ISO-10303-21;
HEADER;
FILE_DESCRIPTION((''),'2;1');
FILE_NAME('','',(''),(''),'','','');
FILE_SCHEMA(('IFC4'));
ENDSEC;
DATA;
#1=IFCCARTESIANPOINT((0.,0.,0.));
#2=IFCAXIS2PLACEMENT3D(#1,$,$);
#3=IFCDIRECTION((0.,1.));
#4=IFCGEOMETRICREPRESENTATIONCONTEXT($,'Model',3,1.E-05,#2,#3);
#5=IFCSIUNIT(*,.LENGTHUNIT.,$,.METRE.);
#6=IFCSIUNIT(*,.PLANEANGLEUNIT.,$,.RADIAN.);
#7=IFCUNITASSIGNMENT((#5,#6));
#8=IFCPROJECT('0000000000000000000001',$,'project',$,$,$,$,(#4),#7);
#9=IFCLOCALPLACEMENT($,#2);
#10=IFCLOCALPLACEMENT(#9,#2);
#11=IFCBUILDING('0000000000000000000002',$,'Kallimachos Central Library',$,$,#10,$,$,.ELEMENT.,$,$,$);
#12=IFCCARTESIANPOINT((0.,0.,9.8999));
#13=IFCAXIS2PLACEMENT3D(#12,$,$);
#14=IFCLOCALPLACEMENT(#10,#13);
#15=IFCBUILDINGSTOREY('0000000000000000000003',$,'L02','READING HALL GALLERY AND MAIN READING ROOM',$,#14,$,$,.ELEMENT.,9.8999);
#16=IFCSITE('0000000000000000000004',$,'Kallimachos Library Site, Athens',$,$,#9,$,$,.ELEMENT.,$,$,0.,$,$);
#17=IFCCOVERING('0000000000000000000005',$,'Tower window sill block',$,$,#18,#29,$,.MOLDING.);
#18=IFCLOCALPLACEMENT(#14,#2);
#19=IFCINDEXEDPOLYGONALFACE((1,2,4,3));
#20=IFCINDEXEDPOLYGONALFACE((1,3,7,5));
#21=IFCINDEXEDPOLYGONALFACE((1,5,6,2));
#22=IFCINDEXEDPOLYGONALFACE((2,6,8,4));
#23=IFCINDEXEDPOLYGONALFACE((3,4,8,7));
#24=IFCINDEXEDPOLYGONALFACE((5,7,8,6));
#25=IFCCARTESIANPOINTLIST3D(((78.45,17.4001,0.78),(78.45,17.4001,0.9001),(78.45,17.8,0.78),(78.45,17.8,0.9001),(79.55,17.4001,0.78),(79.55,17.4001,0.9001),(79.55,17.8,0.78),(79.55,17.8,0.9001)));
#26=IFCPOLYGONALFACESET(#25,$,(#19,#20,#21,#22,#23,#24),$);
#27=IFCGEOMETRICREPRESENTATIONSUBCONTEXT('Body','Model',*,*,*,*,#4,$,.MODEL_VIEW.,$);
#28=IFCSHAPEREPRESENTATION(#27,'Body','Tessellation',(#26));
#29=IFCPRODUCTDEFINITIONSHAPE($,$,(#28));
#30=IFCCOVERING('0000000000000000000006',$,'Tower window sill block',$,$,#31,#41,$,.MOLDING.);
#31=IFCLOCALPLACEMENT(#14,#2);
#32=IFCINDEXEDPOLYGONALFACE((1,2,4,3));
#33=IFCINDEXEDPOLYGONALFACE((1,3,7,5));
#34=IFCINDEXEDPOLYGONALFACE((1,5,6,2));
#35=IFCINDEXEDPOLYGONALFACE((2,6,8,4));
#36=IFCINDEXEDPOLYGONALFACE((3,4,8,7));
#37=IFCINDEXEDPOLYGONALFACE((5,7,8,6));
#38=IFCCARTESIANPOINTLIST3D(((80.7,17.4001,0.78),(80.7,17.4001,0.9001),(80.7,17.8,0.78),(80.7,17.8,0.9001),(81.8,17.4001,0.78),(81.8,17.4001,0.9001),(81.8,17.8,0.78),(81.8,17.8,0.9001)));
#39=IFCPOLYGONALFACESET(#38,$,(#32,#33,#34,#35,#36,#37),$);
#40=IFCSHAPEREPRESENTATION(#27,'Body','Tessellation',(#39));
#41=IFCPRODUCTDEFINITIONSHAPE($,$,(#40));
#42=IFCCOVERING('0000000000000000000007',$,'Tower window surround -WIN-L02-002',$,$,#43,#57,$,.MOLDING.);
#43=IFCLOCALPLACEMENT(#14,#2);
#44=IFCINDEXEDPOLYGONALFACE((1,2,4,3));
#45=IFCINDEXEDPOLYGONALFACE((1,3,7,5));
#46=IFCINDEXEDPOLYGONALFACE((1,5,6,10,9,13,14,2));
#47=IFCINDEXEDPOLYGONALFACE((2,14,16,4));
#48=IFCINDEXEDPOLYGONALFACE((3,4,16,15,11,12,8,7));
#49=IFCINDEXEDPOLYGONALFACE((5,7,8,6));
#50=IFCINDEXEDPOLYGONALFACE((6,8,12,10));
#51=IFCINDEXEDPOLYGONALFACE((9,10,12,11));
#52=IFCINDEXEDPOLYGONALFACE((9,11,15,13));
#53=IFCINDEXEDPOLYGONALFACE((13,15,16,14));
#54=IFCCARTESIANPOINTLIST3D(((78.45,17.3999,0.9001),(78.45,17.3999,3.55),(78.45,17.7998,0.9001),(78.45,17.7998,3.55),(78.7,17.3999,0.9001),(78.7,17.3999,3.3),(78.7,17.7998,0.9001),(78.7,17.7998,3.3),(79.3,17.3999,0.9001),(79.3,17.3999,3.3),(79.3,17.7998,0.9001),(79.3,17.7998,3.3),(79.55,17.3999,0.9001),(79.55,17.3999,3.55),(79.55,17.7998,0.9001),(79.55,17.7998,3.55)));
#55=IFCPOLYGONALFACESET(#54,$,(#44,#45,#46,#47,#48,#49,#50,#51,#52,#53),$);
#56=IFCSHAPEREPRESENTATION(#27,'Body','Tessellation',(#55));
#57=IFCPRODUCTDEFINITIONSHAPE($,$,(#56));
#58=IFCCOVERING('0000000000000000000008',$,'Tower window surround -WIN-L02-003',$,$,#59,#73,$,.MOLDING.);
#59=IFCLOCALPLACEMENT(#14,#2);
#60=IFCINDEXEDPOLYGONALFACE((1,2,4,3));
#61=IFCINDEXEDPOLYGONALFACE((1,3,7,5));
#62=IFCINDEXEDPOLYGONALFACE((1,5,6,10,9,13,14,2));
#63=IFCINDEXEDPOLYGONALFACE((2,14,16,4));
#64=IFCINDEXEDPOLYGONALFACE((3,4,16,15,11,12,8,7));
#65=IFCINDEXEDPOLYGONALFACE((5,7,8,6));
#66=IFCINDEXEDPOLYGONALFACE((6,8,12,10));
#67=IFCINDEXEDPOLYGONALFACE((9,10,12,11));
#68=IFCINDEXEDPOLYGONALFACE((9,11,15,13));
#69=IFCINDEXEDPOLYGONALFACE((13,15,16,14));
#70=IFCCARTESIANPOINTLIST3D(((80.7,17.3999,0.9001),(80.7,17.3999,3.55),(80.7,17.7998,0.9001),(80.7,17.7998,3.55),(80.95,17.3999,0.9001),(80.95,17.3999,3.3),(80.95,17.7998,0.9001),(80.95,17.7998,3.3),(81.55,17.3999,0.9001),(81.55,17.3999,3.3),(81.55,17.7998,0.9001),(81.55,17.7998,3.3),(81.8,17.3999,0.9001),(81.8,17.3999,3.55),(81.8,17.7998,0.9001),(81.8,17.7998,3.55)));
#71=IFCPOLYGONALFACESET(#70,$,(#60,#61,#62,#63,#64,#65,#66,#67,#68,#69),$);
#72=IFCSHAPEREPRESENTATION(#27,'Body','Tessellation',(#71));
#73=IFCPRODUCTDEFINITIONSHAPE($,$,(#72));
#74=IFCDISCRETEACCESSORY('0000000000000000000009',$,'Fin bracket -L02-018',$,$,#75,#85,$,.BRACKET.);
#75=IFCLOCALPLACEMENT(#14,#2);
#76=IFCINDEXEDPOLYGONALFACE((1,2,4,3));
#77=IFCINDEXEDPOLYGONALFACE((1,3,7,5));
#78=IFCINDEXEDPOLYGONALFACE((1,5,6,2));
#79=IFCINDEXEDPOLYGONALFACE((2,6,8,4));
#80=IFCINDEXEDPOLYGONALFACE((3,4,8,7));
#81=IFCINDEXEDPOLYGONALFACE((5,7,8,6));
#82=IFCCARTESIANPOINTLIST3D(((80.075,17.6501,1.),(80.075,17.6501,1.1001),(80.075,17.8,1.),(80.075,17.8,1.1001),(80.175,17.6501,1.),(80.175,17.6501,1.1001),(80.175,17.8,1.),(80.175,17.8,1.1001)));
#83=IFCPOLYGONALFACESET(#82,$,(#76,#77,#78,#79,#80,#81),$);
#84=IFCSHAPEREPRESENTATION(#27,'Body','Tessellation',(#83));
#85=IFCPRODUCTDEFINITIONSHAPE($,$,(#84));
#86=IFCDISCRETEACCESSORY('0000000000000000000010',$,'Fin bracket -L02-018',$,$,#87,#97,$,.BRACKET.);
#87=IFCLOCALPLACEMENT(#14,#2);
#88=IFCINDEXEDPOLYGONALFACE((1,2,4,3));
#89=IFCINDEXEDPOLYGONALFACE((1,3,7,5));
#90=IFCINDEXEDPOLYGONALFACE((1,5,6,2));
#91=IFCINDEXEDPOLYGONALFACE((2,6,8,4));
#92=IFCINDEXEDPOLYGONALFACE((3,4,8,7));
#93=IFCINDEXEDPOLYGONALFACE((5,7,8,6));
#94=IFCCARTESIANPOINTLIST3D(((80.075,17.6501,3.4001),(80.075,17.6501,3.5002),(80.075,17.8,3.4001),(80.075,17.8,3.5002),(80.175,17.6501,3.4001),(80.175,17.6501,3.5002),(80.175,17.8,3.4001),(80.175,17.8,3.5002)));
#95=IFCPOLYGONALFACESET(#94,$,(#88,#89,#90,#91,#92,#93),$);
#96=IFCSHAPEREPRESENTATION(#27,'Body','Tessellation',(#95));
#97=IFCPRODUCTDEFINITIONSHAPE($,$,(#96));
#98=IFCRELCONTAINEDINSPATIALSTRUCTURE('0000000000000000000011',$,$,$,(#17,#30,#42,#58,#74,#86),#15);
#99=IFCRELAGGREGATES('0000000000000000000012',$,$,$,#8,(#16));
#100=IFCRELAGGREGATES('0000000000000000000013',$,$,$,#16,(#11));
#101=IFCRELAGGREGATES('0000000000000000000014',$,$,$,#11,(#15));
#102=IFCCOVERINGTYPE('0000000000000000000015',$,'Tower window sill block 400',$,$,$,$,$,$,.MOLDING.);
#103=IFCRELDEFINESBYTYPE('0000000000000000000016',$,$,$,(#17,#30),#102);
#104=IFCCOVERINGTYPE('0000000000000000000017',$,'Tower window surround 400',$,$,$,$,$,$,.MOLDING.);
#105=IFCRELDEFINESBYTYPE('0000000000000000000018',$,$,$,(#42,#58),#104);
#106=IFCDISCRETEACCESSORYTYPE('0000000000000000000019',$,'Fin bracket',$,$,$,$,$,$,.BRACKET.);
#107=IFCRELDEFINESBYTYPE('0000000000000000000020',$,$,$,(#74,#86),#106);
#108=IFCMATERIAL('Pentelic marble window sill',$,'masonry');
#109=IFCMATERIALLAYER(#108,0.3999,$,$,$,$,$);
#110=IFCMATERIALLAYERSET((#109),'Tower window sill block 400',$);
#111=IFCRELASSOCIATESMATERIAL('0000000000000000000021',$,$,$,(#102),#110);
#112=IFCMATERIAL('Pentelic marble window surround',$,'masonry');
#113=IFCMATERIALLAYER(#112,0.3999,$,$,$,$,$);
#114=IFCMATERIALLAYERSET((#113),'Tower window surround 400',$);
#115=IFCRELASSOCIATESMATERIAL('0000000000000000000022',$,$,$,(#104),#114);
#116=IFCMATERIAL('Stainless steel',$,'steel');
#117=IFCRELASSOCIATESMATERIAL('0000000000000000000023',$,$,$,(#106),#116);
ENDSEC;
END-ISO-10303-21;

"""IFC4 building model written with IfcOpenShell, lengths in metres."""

from ifc_helpers import new_model, si_unit, direction, frame, origin, origin_2d, place, context, subcontext, project, spatial, polyline, rectangle, outline, extrude, material, layer, layer_set, type_object, element, save


model = new_model("IFC4")

# Units and contexts
model_context = context("Model", 3, precision=1e-05, world=origin(), true_north=direction((0.0, 1.0)))
body_context = subcontext(model_context, "Body", "Model", "MODEL_VIEW")
ifc_project = project(units=[si_unit("LENGTHUNIT", "METRE"), si_unit("PLANEANGLEUNIT", "RADIAN")], contexts=[model_context])

# Site, building, storey
site_placement = place(None, origin())
site = spatial("IfcSite", under=ifc_project, at=site_placement, Name="Kallimachos Library Site, Athens", CompositionType="ELEMENT", RefElevation=0.0)
building_placement = place(site_placement, origin())
building = spatial("IfcBuilding", under=site, at=building_placement, Name="Kallimachos Central Library", CompositionType="ELEMENT")
storey_placement = place(building_placement, frame((0.0, 0.0, 9.8999)))
storey = spatial("IfcBuildingStorey", under=building, at=storey_placement, Name="L02", Description="READING HALL GALLERY AND MAIN READING ROOM", CompositionType="ELEMENT", Elevation=9.8999)

# Coverings
ifc_material_1 = material(Name="Pentelic marble window sill", Category="masonry")
ifc_layer_1 = layer(ifc_material_1, 0.3999)
ifc_layer_set_1 = layer_set([ifc_layer_1], Name="Tower window sill block 400")
covering_type_1 = type_object("IfcCoveringType", Name="Tower window sill block 400", PredefinedType="MOLDING", material=ifc_layer_set_1)
for number, where, z_axis, x_axis, name in (
    (1, (79.0, 17.6001, 0.78), (0.0, 0.0, 1.0), (1.0, 0.0, 0.0), "Tower window sill block"),
    (2, (81.25, 17.6001, 0.78), (0.0, 0.0, 1.0), (1.0, 0.0, 0.0), "Tower window sill block"),
):
    element("IfcCovering", number, at=place(storey_placement, frame(where, z_axis=z_axis, x_axis=x_axis)), inside=storey, type_object=covering_type_1, Name=name, PredefinedType="MOLDING", context=body_context, shape_type="SweptSolid", body=[
        extrude(rectangle(XDim=1.1001, YDim=0.3999, at=origin_2d()), origin(), (0.0, 0.0, 1.0), 0.1201),
    ])
ifc_material_2 = material(Name="Pentelic marble window surround", Category="masonry")
ifc_layer_2 = layer(ifc_material_2, 0.3999)
ifc_layer_set_2 = layer_set([ifc_layer_2], Name="Tower window surround 400")
covering_type_2 = type_object("IfcCoveringType", Name="Tower window surround 400", PredefinedType="MOLDING", material=ifc_layer_set_2)
for number, where, z_axis, x_axis, name in (
    (3, (78.7, 17.3999, 0.9001), (0.0, -1.0, 0.0), (0.0, 0.0, 1.0), "Tower window surround -WIN-L02-002"),
    (4, (80.95, 17.3999, 0.9001), (0.0, -1.0, 0.0), (0.0, 0.0, 1.0), "Tower window surround -WIN-L02-003"),
):
    element("IfcCovering", number, at=place(storey_placement, frame(where, z_axis=z_axis, x_axis=x_axis)), inside=storey, type_object=covering_type_2, Name=name, PredefinedType="MOLDING", context=body_context, shape_type="SweptSolid", body=[
        extrude(outline(polyline([(0.0, 0.0), (2.3999, 0.0), (2.3999, -0.6001), (0.0, -0.6001), (0.0, -0.8501), (2.6499, -0.8501), (2.6499, 0.25), (0.0, 0.25), (0.0, 0.0)])), origin(), (0.0, 0.0, -1.0), 0.3999),
    ])

# Discrete accessories
ifc_material_3 = material(Name="Stainless steel", Category="steel")
discrete_accessory_type = type_object("IfcDiscreteAccessoryType", Name="Fin bracket", PredefinedType="BRACKET", material=ifc_material_3)
for number, where, z_axis, x_axis, name in (
    (5, (80.125, 17.7251, 1.0), (0.0, 0.0, 1.0), (1.0, 0.0, 0.0), "Fin bracket -L02-018"),
    (6, (80.125, 17.7251, 3.4001), (0.0, 0.0, 1.0), (1.0, 0.0, 0.0), "Fin bracket -L02-018"),
):
    element("IfcDiscreteAccessory", number, at=place(storey_placement, frame(where, z_axis=z_axis, x_axis=x_axis)), inside=storey, type_object=discrete_accessory_type, Name=name, PredefinedType="BRACKET", context=body_context, shape_type="SweptSolid", body=[
        extrude(rectangle(XDim=0.1001, YDim=0.1499, at=origin_2d()), origin(), (0.0, 0.0, 1.0), 0.1001),
    ])

save(model, "model.ifc")
